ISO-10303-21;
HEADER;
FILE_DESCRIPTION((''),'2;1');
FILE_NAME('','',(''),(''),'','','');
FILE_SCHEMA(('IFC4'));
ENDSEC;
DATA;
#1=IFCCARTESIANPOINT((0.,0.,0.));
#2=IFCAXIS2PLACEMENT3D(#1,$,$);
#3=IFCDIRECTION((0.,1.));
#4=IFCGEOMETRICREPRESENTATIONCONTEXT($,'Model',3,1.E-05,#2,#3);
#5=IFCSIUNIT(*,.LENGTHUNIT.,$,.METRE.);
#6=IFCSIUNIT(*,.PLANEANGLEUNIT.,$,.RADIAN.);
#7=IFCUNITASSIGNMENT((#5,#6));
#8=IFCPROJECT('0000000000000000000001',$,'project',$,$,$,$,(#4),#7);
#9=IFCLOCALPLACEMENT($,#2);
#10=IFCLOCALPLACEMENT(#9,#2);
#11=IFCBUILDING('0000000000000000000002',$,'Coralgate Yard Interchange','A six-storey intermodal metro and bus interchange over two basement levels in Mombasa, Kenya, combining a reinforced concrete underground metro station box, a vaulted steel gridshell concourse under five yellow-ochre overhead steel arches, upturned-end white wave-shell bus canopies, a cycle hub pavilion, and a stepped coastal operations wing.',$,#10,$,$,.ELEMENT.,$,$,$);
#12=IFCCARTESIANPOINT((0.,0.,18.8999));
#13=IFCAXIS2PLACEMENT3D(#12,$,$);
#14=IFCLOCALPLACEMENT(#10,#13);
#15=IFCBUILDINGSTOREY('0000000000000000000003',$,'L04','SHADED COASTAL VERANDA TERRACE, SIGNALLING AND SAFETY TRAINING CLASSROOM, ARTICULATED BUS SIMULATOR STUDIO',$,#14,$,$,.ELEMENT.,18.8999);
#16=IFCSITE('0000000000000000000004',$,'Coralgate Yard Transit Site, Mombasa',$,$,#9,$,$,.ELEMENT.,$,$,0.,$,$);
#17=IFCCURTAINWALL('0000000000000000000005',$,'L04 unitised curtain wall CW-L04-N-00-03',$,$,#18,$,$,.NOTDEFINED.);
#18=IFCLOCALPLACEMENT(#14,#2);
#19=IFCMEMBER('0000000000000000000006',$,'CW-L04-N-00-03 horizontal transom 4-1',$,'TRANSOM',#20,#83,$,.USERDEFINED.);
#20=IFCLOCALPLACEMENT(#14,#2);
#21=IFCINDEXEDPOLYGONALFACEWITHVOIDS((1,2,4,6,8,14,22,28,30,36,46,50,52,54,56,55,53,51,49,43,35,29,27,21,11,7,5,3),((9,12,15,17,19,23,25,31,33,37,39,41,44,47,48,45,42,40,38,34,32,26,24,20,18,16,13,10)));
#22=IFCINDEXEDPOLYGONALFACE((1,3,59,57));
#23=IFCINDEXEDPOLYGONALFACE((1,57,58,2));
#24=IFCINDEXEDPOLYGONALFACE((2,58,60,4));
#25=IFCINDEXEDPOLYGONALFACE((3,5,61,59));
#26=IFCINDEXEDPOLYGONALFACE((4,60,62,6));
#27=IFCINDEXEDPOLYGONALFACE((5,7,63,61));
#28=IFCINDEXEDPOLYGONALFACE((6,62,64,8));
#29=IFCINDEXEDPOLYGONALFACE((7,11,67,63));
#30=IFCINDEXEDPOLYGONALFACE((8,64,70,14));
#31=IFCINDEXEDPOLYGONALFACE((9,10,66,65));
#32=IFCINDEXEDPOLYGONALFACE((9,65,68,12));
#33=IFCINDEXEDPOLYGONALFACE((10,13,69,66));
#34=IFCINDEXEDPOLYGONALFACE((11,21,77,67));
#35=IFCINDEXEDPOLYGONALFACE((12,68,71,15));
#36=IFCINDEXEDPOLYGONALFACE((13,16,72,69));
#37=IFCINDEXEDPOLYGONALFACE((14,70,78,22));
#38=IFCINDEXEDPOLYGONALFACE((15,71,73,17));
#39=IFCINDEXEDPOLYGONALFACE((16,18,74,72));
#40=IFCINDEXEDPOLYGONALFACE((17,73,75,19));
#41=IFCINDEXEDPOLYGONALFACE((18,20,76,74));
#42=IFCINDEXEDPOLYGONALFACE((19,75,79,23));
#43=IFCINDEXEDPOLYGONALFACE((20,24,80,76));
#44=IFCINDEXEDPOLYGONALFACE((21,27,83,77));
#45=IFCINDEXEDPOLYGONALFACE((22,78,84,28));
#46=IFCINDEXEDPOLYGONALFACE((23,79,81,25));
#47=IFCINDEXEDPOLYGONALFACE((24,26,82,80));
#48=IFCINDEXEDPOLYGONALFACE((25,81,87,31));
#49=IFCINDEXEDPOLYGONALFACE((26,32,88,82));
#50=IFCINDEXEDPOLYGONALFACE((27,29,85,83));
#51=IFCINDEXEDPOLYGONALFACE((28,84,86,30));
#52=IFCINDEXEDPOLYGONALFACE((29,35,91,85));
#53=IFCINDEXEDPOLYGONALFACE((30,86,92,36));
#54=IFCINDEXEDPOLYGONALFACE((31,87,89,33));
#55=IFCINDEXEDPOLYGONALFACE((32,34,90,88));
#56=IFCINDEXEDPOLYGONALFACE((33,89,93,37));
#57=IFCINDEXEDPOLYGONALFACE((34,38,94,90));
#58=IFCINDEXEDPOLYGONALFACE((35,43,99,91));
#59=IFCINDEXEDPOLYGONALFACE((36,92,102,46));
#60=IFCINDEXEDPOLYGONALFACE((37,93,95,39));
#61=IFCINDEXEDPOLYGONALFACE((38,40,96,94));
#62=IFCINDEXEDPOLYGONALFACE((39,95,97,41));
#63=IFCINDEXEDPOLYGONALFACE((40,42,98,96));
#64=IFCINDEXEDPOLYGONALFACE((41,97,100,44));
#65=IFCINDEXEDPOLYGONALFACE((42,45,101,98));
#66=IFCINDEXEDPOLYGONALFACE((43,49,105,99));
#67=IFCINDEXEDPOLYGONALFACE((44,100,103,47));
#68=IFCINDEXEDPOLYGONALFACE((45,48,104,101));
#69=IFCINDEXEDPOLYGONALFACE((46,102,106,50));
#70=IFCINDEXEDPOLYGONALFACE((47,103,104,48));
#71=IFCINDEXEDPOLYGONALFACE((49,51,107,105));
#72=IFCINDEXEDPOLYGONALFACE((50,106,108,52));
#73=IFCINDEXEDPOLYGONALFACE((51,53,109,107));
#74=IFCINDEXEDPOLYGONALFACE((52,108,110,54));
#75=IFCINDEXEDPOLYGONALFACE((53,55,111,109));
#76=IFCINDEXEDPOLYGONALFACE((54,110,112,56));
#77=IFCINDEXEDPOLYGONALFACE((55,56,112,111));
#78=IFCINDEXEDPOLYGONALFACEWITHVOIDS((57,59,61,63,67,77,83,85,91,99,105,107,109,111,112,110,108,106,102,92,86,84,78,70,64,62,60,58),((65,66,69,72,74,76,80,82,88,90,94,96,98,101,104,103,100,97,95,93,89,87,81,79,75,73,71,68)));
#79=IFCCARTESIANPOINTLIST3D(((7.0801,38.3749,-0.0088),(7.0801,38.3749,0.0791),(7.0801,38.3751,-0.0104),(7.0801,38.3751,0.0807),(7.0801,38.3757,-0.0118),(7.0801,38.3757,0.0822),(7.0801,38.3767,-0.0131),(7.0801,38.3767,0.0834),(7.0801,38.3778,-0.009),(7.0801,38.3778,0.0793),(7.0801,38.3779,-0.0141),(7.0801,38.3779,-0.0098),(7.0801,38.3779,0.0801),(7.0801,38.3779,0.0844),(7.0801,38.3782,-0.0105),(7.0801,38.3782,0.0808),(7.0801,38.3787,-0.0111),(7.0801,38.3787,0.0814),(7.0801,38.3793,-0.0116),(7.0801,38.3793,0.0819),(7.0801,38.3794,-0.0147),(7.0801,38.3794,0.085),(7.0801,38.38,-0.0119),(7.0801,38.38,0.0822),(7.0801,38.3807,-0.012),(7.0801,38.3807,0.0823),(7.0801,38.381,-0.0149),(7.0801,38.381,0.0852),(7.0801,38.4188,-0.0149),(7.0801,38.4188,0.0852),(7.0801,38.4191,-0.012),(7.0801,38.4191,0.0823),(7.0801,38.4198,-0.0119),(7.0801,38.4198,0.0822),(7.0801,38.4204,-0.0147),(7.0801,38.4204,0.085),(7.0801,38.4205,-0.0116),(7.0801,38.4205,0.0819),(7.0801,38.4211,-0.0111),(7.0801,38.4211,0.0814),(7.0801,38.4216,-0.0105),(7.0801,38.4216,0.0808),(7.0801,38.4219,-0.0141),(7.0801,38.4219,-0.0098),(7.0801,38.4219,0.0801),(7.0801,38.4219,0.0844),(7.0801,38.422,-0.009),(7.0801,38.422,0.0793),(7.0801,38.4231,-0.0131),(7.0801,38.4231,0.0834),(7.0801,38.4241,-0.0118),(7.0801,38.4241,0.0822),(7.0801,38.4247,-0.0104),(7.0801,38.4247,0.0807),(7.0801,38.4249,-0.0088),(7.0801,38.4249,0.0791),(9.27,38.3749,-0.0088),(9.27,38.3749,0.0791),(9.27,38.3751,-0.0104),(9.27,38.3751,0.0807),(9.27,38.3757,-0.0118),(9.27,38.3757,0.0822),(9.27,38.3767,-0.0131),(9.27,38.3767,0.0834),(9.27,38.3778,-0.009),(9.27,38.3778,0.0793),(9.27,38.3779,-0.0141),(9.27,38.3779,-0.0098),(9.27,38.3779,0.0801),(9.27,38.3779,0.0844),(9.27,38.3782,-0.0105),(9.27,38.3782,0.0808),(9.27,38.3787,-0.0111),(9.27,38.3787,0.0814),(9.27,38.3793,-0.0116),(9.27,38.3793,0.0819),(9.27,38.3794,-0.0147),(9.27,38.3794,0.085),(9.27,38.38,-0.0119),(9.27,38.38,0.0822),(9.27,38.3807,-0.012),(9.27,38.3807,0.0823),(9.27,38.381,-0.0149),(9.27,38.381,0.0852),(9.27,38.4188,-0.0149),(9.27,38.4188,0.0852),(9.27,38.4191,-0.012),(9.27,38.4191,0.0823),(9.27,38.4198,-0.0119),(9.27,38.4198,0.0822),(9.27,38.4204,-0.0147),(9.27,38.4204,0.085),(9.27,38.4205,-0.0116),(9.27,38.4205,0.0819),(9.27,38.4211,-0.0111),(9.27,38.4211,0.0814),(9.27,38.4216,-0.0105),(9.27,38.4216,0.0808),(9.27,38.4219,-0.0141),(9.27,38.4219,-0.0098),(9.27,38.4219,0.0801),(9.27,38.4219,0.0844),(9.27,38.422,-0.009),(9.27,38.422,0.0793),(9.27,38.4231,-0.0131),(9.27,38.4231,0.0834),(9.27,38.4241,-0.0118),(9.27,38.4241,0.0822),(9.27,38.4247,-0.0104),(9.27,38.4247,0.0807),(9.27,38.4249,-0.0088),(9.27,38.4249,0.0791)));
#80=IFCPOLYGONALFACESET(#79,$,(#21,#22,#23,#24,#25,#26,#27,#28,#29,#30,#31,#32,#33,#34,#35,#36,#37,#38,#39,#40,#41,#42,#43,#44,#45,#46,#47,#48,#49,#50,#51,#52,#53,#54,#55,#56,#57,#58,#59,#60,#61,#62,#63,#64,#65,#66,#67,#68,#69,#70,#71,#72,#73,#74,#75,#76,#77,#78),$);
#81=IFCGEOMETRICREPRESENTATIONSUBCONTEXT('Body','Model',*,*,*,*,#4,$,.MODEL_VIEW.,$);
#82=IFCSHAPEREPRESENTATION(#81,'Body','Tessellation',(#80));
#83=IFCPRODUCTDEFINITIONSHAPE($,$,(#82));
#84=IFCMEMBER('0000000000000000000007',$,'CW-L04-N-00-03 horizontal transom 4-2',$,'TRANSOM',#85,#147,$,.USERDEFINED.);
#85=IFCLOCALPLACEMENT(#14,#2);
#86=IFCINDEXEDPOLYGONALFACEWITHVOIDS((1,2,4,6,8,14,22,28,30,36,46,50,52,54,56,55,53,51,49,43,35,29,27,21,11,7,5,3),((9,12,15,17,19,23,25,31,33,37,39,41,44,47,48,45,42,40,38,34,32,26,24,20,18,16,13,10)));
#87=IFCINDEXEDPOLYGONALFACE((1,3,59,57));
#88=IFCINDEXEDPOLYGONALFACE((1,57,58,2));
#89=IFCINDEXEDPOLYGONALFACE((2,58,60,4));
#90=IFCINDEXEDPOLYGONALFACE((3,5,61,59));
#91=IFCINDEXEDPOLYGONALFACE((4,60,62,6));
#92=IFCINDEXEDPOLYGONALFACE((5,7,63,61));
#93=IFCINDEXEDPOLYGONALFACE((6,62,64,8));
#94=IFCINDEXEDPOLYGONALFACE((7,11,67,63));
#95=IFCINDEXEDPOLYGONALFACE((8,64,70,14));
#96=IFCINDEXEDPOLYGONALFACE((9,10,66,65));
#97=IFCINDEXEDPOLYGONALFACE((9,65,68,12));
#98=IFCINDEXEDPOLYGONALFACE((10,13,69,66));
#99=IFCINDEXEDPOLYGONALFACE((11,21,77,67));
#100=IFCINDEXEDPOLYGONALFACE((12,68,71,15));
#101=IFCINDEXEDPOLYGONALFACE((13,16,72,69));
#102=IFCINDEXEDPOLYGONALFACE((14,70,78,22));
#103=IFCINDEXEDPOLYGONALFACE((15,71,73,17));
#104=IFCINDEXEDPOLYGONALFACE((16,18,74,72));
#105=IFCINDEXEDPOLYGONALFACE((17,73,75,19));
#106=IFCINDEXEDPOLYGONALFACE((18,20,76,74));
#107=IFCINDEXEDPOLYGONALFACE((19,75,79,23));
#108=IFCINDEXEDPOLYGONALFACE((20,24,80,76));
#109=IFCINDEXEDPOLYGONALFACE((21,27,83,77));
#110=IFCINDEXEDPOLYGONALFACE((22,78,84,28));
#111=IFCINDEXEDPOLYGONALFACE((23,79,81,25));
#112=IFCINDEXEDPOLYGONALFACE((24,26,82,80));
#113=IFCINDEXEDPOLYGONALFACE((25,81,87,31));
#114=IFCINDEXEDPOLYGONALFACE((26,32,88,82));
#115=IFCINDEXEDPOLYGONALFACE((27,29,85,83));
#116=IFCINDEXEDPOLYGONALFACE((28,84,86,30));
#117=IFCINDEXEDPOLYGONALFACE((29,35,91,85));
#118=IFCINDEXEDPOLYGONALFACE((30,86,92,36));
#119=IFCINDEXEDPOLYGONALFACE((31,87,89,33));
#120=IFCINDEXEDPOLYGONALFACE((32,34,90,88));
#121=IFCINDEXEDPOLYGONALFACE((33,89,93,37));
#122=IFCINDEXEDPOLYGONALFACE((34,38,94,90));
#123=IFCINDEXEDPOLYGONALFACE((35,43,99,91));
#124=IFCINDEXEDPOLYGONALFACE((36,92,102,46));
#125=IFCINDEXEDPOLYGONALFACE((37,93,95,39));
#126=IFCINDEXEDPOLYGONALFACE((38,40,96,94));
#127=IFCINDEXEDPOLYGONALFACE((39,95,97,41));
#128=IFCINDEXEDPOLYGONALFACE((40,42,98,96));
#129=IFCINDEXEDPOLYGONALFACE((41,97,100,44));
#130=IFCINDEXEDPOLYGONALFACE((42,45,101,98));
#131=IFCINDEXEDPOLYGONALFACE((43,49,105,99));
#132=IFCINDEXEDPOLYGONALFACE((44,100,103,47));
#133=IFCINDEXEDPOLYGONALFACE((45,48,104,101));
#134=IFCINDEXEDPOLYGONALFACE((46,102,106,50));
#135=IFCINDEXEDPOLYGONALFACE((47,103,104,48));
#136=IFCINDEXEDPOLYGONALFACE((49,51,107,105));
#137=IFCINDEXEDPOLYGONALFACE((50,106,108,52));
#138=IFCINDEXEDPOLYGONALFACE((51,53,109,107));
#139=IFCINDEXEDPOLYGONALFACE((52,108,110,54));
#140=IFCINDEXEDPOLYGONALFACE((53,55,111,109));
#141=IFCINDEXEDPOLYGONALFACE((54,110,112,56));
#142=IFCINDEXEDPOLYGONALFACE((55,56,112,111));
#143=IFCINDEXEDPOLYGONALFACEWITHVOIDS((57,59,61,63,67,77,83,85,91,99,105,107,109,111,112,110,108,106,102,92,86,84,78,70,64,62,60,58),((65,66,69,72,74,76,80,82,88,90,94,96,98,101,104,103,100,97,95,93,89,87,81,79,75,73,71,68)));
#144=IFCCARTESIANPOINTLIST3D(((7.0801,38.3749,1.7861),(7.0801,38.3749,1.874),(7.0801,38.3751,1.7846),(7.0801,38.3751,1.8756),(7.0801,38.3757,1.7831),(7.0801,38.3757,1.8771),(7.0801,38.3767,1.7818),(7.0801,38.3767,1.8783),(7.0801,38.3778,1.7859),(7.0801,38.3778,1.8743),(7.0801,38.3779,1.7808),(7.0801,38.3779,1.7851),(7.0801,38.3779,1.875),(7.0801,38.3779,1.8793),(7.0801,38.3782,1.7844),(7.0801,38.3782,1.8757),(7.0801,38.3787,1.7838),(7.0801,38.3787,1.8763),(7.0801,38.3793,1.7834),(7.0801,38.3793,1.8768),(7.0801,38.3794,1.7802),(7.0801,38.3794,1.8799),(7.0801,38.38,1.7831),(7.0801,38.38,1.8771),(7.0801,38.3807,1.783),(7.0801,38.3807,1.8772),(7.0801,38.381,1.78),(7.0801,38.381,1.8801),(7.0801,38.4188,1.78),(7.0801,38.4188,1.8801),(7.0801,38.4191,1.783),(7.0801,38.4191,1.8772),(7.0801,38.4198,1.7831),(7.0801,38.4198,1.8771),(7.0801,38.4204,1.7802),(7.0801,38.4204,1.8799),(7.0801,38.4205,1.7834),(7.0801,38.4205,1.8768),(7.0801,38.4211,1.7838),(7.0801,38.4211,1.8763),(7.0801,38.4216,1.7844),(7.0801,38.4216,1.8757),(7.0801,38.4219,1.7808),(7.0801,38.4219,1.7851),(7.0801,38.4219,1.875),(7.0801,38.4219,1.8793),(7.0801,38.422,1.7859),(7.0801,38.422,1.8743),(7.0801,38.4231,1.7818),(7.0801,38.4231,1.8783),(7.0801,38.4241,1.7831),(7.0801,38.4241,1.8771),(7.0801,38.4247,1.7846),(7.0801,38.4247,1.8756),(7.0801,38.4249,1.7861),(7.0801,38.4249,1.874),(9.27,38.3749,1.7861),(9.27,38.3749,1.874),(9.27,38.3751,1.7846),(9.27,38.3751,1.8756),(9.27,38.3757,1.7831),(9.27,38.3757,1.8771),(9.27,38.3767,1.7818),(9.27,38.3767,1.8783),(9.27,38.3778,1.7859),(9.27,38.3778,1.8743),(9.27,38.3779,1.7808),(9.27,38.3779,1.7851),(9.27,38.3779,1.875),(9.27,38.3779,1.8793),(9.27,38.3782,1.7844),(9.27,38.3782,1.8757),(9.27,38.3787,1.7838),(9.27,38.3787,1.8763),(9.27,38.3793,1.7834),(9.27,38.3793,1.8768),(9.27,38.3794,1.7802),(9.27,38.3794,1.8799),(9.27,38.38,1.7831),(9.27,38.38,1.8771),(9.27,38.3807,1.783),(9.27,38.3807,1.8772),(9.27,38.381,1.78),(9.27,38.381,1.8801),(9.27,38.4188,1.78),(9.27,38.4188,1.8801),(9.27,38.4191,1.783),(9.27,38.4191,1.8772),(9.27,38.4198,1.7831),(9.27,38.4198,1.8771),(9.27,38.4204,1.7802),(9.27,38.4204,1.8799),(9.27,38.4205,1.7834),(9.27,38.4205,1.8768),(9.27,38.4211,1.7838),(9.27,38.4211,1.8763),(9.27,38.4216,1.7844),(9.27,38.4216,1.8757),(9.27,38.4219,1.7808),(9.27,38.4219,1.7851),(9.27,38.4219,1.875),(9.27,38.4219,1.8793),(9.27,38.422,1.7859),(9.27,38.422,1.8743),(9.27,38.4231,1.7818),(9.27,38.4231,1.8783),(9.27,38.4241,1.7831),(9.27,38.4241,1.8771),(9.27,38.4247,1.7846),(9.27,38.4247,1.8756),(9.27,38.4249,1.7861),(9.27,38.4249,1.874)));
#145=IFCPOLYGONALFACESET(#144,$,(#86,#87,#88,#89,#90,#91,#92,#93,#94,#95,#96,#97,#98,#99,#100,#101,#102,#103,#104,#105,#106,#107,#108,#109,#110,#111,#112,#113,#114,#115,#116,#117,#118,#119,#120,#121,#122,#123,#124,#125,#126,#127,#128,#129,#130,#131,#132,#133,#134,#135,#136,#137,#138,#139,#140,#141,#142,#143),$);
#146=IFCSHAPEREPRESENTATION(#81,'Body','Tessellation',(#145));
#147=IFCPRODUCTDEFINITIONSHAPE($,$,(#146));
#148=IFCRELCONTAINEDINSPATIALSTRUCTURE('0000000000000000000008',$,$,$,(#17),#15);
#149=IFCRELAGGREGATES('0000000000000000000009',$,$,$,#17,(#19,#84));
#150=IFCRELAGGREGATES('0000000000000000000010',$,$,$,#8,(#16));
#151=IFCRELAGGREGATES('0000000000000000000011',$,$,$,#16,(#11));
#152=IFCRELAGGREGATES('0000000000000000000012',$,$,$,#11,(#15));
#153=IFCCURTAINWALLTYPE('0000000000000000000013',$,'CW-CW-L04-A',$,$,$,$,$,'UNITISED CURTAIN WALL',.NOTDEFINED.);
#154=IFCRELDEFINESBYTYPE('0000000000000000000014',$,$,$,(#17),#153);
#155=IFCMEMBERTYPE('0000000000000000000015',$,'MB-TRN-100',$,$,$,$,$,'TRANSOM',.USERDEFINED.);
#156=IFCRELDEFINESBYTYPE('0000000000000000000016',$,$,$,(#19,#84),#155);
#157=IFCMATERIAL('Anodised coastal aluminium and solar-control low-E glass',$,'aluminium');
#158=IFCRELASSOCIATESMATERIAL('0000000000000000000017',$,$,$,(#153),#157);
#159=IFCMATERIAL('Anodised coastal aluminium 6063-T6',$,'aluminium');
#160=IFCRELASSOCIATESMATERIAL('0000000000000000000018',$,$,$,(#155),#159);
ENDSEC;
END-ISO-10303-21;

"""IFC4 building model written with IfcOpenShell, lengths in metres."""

from ifc_helpers import new_model, si_unit, direction, frame, origin, origin_2d, place, context, subcontext, project, spatial, hollow_rectangle, extrude, material, material_profile, profile_set, type_object, element, aggregate, save


model = new_model("IFC4")

# Units and contexts
model_context = context("Model", 3, precision=1e-05, world=origin(), true_north=direction((0.0, 1.0)))
body_context = subcontext(model_context, "Body", "Model", "MODEL_VIEW")
ifc_project = project(units=[si_unit("LENGTHUNIT", "METRE"), si_unit("PLANEANGLEUNIT", "RADIAN")], contexts=[model_context])

# Site, building, storey
site_placement = place(None, origin())
site = spatial("IfcSite", under=ifc_project, at=site_placement, Name="Coralgate Yard Transit Site, Mombasa", CompositionType="ELEMENT", RefElevation=0.0)
building_placement = place(site_placement, origin())
building = spatial("IfcBuilding", under=site, at=building_placement, Name="Coralgate Yard Interchange", Description="A six-storey intermodal metro and bus interchange over two basement levels in Mombasa, Kenya, combining a reinforced concrete underground metro station box, a vaulted steel gridshell concourse under five yellow-ochre overhead steel arches, upturned-end white wave-shell bus canopies, a cycle hub pavilion, and a stepped coastal operations wing.", CompositionType="ELEMENT")
storey_placement = place(building_placement, frame((0.0, 0.0, 18.8999)))
storey = spatial("IfcBuildingStorey", under=building, at=storey_placement, Name="L04", Description="SHADED COASTAL VERANDA TERRACE, SIGNALLING AND SAFETY TRAINING CLASSROOM, ARTICULATED BUS SIMULATOR STUDIO", CompositionType="ELEMENT", Elevation=18.8999)

# Curtain wall, members
ifc_material_1 = material(Name="Anodised coastal aluminium and solar-control low-E glass", Category="aluminium")
curtain_wall_type = type_object("IfcCurtainWallType", Name="CW-CW-L04-A", ElementType="UNITISED CURTAIN WALL", PredefinedType="NOTDEFINED", material=ifc_material_1)
curtain_wall_placement = place(storey_placement, origin())
curtain_wall = element("IfcCurtainWall", 1, at=curtain_wall_placement, inside=storey, type_object=curtain_wall_type, Name="L04 unitised curtain wall CW-L04-N-00-03", PredefinedType="NOTDEFINED")
ifc_material_2 = material(Name="Anodised coastal aluminium 6063-T6", Category="aluminium")
ifc_material_profile_1 = material_profile(ifc_material_2, hollow_rectangle(XDim=0.05, YDim=0.1001, WallThickness=0.0029, InnerFilletRadius=0.0029, OuterFilletRadius=0.0061, at=origin_2d()), Name="ALU 50x100x3")
ifc_profile_set_1 = profile_set([ifc_material_profile_1], Name="Anodised coastal aluminium 6063-T6")
member_type_1 = type_object("IfcMemberType", Name="MB-TRN-100", ElementType="TRANSOM", PredefinedType="USERDEFINED", material=ifc_profile_set_1)
member_1_placement = place(storey_placement, frame((7.0801, 38.3999, 0.0352), z_axis=(1.0, 0.0, 0.0), x_axis=(0.0, 1.0, 0.0)))
member_1 = element("IfcMember", 2, at=member_1_placement, type_object=member_type_1, Name="CW-L04-N-00-03 horizontal transom 4-1", ObjectType="TRANSOM", PredefinedType="USERDEFINED", context=body_context, shape_type="SweptSolid", body=[
    extrude(hollow_rectangle(XDim=0.05, YDim=0.1001, WallThickness=0.0029, InnerFilletRadius=0.0029, OuterFilletRadius=0.0061, at=origin_2d()), origin(), (0.0, 0.0, 1.0), 2.1899),
])
member_2_placement = place(storey_placement, frame((7.0801, 38.3999, 1.8301), z_axis=(1.0, 0.0, 0.0), x_axis=(0.0, 1.0, 0.0)))
member_2 = element("IfcMember", 3, at=member_2_placement, type_object=member_type_1, Name="CW-L04-N-00-03 horizontal transom 4-2", ObjectType="TRANSOM", PredefinedType="USERDEFINED", context=body_context, shape_type="SweptSolid", body=[
    extrude(hollow_rectangle(XDim=0.05, YDim=0.1001, WallThickness=0.0029, InnerFilletRadius=0.0029, OuterFilletRadius=0.0061, at=origin_2d()), origin(), (0.0, 0.0, 1.0), 2.1899),
])
aggregate(curtain_wall, [member_1, member_2])

save(model, "model.ifc")
